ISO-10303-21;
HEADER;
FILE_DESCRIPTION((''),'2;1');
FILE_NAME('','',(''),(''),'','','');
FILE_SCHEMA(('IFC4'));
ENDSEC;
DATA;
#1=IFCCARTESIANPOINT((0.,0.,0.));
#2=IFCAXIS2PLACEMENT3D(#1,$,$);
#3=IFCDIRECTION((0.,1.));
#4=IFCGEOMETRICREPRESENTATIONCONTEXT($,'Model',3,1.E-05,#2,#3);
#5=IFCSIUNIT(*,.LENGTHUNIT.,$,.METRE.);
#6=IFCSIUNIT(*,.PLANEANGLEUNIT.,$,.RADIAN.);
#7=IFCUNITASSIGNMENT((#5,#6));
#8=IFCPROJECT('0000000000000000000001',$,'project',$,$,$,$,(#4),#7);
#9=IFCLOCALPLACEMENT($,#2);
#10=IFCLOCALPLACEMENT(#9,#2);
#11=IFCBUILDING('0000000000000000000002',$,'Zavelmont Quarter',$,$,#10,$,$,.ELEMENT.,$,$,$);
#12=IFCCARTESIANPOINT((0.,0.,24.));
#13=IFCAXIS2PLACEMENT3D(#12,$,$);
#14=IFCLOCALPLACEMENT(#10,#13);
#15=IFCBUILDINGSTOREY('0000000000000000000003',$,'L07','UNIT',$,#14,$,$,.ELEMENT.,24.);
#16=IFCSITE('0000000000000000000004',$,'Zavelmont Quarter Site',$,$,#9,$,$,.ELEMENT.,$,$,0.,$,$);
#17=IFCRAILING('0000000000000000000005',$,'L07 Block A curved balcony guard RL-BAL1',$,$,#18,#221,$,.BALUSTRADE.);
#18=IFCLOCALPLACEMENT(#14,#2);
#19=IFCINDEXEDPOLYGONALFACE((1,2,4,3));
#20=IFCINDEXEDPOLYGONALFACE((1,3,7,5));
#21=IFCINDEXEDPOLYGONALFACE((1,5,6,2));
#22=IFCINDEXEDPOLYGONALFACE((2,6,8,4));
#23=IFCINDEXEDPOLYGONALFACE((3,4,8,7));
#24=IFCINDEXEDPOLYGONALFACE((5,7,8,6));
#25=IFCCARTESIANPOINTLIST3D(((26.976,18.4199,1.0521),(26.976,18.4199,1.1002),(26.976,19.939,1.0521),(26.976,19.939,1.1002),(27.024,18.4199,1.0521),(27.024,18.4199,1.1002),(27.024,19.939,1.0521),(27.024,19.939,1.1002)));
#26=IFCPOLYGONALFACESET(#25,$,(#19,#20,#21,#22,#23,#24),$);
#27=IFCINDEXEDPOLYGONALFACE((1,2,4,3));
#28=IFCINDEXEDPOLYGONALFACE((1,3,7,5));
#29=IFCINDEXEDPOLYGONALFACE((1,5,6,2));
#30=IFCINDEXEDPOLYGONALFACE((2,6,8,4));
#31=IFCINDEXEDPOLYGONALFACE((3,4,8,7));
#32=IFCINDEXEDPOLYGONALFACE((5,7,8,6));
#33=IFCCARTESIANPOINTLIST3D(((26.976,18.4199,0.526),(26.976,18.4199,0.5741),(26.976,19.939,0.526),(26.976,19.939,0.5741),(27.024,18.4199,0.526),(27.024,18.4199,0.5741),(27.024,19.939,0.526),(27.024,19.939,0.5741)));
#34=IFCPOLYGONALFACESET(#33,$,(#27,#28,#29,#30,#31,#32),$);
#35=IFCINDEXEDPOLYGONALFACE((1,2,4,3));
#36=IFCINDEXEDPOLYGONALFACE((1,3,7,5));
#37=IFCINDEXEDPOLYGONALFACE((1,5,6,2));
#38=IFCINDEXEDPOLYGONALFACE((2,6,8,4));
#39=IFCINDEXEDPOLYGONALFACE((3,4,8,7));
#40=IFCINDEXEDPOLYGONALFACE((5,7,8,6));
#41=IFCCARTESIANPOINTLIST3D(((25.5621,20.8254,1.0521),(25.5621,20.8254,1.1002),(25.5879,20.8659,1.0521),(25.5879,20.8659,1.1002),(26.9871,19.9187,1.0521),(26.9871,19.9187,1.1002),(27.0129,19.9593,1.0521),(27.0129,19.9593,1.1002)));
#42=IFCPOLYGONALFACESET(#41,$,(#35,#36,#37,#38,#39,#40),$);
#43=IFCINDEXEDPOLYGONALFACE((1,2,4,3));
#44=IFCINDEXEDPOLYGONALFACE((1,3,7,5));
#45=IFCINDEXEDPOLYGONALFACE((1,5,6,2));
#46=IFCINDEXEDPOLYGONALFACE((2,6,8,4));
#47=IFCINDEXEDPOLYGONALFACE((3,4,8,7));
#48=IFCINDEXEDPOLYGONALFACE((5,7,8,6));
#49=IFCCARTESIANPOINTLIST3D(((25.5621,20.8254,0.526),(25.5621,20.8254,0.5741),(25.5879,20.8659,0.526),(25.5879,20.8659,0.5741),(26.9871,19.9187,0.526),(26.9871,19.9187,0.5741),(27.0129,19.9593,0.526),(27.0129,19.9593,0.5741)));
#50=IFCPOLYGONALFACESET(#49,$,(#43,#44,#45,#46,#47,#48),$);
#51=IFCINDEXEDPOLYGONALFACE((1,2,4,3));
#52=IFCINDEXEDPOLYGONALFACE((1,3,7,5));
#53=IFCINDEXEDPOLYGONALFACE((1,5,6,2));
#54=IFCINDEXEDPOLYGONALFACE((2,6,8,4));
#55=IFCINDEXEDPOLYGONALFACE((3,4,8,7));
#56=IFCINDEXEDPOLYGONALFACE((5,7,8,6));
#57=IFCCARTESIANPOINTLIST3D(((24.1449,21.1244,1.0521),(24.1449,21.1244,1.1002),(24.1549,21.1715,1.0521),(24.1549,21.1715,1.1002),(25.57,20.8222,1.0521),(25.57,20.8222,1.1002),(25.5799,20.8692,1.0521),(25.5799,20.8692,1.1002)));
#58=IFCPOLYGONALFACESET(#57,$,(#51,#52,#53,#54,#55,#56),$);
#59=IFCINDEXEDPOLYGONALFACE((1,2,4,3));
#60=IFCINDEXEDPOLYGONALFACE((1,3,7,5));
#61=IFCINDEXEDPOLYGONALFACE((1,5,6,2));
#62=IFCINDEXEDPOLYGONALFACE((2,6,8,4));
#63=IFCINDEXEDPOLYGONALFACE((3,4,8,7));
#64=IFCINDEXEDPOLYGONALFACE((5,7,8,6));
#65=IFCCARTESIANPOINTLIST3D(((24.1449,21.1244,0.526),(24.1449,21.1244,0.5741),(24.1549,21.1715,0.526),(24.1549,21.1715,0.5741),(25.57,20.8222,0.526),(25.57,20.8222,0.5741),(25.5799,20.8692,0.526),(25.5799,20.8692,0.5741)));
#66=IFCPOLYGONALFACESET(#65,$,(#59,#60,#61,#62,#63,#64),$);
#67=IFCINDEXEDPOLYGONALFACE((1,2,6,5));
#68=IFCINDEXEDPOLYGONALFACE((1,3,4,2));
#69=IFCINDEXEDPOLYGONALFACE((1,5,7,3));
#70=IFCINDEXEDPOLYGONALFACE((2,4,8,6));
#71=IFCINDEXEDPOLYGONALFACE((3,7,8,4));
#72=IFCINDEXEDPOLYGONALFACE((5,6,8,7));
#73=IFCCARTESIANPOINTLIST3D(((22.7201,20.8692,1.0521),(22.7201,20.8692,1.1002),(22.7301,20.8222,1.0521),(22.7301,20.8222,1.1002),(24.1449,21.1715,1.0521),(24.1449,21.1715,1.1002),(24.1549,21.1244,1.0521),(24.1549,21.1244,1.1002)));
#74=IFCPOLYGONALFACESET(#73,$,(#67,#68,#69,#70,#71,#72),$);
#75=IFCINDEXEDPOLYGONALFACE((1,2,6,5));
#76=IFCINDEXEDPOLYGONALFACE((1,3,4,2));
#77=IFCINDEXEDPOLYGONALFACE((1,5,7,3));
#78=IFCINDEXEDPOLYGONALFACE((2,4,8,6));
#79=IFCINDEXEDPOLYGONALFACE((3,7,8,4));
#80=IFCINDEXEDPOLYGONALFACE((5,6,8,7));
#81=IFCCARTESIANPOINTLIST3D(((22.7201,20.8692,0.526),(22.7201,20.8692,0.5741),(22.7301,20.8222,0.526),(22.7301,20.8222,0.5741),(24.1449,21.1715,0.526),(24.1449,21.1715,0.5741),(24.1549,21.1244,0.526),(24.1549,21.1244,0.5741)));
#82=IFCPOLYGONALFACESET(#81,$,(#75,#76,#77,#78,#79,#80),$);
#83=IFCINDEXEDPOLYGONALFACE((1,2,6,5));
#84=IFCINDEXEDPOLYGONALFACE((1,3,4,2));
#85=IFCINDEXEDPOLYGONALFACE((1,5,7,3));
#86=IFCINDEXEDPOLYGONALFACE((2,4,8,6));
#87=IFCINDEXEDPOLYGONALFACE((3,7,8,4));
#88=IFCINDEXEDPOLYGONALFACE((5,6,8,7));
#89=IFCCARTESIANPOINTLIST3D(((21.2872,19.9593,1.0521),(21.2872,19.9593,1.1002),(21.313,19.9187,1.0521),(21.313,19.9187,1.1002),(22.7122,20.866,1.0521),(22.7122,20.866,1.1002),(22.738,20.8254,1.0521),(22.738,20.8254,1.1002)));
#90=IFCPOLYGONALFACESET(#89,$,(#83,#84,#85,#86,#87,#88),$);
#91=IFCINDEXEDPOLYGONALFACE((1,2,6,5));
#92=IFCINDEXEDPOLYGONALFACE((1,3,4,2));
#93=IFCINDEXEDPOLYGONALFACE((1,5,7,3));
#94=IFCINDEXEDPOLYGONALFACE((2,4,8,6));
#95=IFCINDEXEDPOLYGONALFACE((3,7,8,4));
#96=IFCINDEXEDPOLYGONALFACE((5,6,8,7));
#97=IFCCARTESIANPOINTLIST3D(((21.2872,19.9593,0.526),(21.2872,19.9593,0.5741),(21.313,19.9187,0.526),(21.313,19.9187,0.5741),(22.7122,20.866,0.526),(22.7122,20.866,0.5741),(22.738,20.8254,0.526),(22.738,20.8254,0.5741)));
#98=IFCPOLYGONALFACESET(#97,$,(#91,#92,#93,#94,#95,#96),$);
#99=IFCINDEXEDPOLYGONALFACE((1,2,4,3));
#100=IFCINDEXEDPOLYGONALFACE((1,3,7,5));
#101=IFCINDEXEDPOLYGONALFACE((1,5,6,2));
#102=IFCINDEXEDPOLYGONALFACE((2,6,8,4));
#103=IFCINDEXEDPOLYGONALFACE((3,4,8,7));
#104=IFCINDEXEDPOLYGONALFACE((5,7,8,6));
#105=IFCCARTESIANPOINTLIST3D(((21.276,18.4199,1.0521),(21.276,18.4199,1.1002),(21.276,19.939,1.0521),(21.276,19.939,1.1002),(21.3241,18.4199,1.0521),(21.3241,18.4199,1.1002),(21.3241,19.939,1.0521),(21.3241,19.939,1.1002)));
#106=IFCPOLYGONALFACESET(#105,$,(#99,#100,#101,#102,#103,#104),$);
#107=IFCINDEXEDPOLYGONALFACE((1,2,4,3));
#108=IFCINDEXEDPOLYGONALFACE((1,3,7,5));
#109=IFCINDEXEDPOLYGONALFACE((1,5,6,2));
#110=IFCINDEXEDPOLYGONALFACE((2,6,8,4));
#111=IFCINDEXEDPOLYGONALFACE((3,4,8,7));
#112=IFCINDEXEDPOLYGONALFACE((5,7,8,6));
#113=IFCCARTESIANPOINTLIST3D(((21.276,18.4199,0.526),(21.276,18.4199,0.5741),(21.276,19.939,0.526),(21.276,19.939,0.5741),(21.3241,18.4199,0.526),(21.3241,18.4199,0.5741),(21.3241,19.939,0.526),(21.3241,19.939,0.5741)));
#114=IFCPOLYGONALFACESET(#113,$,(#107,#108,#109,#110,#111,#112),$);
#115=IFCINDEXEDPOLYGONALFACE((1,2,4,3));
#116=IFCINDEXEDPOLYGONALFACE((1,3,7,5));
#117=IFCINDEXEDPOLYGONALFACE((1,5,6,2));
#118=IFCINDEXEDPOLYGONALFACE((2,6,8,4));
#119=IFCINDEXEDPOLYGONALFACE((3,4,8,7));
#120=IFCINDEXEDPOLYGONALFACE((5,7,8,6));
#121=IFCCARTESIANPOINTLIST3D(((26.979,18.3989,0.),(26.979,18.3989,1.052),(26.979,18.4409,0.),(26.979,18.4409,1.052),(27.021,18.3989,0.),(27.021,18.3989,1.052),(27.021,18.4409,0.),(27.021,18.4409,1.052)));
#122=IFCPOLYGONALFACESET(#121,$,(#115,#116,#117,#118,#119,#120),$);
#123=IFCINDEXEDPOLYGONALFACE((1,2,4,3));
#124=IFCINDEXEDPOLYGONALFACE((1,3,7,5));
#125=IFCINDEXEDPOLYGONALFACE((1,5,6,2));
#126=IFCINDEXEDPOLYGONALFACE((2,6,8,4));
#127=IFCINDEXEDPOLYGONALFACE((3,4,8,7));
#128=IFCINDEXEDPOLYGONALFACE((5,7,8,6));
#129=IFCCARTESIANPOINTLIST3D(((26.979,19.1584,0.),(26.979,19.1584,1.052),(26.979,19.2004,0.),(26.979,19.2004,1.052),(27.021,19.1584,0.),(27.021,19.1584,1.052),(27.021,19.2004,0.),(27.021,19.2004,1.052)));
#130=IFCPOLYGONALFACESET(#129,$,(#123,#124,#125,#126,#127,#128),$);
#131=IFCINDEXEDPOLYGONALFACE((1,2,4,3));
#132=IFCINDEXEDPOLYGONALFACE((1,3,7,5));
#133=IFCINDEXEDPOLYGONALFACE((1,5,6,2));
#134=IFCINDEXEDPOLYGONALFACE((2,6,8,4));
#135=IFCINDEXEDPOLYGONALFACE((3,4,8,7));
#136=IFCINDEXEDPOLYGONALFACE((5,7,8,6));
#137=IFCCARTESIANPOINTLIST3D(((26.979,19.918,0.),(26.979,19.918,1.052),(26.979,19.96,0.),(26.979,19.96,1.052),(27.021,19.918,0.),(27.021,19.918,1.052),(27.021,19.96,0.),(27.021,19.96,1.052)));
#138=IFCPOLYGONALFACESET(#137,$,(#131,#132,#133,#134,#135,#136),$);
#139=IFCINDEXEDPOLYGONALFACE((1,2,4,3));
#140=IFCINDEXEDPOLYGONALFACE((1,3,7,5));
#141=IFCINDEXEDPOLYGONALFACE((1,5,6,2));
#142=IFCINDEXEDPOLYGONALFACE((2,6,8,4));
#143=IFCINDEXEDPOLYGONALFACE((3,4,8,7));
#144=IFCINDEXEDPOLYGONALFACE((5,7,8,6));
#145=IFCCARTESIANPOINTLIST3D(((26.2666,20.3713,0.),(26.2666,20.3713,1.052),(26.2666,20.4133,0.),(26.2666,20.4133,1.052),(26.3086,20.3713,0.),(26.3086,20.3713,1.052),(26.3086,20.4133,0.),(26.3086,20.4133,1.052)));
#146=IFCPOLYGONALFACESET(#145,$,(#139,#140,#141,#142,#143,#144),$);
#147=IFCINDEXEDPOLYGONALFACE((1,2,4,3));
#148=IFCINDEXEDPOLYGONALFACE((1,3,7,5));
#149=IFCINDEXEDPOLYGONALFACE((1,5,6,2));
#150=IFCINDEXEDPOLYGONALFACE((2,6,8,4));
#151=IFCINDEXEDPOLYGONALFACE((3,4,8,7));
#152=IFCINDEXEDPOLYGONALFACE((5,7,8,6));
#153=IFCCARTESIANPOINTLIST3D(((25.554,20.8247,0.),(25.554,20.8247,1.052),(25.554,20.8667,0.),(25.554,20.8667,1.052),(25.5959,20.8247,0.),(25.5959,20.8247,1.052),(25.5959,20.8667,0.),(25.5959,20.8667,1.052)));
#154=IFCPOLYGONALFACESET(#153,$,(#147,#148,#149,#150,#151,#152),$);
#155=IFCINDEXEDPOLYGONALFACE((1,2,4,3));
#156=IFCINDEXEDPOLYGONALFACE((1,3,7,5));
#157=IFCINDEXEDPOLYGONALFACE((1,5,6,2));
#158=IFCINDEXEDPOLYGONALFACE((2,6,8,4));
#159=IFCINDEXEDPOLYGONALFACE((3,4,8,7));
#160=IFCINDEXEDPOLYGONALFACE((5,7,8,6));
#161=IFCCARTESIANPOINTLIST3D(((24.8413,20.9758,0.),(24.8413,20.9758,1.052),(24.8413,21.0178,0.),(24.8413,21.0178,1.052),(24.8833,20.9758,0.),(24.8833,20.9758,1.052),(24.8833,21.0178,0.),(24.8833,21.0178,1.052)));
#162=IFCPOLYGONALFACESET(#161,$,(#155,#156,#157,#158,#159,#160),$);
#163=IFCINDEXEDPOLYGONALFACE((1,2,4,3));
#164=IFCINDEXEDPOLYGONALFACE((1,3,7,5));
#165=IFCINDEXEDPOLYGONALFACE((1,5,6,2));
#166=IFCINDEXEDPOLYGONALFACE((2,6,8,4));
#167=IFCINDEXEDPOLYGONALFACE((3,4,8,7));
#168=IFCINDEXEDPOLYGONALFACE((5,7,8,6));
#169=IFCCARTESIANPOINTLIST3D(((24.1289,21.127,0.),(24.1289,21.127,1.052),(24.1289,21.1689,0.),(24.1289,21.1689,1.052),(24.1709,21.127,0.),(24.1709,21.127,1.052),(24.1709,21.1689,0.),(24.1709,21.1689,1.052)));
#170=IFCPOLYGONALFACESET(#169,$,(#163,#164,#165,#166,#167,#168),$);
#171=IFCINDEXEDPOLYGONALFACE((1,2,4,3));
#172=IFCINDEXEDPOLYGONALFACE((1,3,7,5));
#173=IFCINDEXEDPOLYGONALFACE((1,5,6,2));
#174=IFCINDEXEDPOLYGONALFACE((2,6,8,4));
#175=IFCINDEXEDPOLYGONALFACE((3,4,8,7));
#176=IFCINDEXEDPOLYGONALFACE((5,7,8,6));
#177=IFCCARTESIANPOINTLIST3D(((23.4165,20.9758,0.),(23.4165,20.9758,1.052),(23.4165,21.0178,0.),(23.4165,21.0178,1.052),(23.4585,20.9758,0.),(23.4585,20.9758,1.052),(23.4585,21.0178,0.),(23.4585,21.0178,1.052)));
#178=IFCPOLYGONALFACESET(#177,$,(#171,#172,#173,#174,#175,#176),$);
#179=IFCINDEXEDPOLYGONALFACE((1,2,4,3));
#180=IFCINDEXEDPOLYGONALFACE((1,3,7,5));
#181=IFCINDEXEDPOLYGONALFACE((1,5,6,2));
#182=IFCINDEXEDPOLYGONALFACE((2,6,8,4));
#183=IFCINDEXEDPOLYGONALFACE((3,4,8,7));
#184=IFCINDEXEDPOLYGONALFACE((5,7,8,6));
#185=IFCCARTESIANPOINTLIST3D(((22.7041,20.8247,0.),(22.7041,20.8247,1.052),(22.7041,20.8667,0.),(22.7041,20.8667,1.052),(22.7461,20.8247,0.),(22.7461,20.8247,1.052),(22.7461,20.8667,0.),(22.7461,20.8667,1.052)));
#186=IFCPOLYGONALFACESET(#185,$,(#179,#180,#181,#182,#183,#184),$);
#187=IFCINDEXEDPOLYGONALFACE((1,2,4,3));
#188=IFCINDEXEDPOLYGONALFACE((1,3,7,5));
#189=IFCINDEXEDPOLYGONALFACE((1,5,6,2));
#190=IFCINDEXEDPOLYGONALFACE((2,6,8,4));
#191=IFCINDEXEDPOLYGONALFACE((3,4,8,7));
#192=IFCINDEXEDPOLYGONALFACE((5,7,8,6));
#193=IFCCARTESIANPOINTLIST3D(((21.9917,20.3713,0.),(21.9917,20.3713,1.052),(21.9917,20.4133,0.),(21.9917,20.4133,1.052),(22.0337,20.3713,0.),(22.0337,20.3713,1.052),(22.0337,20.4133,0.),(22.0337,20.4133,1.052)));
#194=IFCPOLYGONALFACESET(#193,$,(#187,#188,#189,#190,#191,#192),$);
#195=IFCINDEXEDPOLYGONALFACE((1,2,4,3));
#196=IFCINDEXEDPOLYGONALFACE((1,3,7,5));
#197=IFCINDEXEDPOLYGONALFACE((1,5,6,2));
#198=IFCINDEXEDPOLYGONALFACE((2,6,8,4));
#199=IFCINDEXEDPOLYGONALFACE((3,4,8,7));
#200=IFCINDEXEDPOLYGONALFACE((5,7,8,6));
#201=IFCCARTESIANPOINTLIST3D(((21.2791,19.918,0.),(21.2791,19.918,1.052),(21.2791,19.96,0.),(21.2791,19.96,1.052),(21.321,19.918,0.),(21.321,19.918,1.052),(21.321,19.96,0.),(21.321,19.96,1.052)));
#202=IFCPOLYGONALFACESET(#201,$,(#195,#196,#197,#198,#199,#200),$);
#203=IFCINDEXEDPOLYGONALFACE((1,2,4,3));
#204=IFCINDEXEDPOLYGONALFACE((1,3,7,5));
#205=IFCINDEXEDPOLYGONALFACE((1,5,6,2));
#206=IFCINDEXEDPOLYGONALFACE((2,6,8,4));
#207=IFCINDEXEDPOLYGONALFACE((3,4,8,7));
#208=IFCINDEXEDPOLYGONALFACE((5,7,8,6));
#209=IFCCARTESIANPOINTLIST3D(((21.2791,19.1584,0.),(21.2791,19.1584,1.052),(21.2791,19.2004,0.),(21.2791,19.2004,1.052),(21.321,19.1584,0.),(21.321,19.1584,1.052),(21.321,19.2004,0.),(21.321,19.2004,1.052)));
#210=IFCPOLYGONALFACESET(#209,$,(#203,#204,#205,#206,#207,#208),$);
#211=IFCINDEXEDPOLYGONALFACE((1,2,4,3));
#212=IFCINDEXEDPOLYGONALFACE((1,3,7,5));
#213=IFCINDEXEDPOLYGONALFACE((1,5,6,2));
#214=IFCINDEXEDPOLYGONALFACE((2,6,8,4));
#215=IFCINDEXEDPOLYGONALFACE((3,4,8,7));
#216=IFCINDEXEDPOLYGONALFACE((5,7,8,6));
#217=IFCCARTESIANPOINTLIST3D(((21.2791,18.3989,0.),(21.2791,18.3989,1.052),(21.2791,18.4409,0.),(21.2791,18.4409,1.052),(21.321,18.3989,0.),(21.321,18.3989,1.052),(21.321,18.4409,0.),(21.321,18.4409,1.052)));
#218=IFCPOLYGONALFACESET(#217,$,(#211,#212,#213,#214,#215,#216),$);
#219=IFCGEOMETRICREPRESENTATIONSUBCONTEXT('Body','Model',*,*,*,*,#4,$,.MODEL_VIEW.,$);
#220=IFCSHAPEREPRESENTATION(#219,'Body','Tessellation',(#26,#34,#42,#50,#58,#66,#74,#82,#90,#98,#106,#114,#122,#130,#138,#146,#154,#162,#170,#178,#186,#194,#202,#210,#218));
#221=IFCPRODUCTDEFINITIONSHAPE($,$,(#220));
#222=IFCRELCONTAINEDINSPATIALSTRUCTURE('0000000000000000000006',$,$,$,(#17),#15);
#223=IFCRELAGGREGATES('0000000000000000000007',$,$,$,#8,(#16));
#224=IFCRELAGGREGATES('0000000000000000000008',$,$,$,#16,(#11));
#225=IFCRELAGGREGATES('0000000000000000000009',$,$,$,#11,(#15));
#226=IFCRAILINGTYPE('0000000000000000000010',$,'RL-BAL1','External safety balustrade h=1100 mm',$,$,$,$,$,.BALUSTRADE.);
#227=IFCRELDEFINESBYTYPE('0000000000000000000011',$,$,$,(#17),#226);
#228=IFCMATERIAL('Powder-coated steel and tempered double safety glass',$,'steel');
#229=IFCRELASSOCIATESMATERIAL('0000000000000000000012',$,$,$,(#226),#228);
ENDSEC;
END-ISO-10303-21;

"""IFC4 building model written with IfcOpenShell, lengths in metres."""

from ifc_helpers import new_model, si_unit, direction, frame, origin, origin_2d, place, context, subcontext, project, spatial, rectangle, extrude, material, type_object, element, save


model = new_model("IFC4")

# Units and contexts
model_context = context("Model", 3, precision=1e-05, world=origin(), true_north=direction((0.0, 1.0)))
body_context = subcontext(model_context, "Body", "Model", "MODEL_VIEW")
ifc_project = project(units=[si_unit("LENGTHUNIT", "METRE"), si_unit("PLANEANGLEUNIT", "RADIAN")], contexts=[model_context])

# Site, building, storey
site_placement = place(None, origin())
site = spatial("IfcSite", under=ifc_project, at=site_placement, Name="Zavelmont Quarter Site", CompositionType="ELEMENT", RefElevation=0.0)
building_placement = place(site_placement, origin())
building = spatial("IfcBuilding", under=site, at=building_placement, Name="Zavelmont Quarter", CompositionType="ELEMENT")
storey_placement = place(building_placement, frame((0.0, 0.0, 24.0)))
storey = spatial("IfcBuildingStorey", under=building, at=storey_placement, Name="L07", Description="UNIT", CompositionType="ELEMENT", Elevation=24.0)

# Railing
ifc_material_1 = material(Name="Powder-coated steel and tempered double safety glass", Category="steel")
railing_type = type_object("IfcRailingType", Name="RL-BAL1", Description="External safety balustrade h=1100 mm", PredefinedType="BALUSTRADE", material=ifc_material_1)
railing_placement = place(storey_placement, frame((27.0, 18.4199, 0.0)))
element("IfcRailing", 1, at=railing_placement, inside=storey, type_object=railing_type, Name="L07 Block A curved balcony guard RL-BAL1", PredefinedType="BALUSTRADE", context=body_context, shape_type="SweptSolid", body=[
    extrude(rectangle(XDim=0.0481, YDim=0.0481, at=origin_2d()), frame((0.0, 0.0, 1.0762), z_axis=(0.0, 1.0, 0.0), x_axis=(-1.0, 0.0, 0.0)), (0.0, 0.0, 1.0), 1.519),
    extrude(rectangle(XDim=0.0481, YDim=0.0481, at=origin_2d()), frame((0.0, 0.0, 0.55), z_axis=(0.0, 1.0, 0.0), x_axis=(-1.0, 0.0, 0.0)), (0.0, 0.0, 1.0), 1.519),
    extrude(rectangle(XDim=0.0481, YDim=0.0481, at=origin_2d()), frame((0.0, 1.519, 1.0762), z_axis=(-0.843691, 0.536829, 0.0), x_axis=(-0.536829, -0.843691, 0.0)), (0.0, 0.0, 1.0), 1.689),
    extrude(rectangle(XDim=0.0481, YDim=0.0481, at=origin_2d()), frame((0.0, 1.519, 0.55), z_axis=(-0.843691, 0.536829, 0.0), x_axis=(-0.536829, -0.843691, 0.0)), (0.0, 0.0, 1.0), 1.689),
    extrude(rectangle(XDim=0.0481, YDim=0.0481, at=origin_2d()), frame((-1.425, 2.4258, 1.0762), z_axis=(-0.978239, 0.20748, 0.0), x_axis=(-0.20748, -0.978239, 0.0)), (0.0, 0.0, 1.0), 1.4568),
    extrude(rectangle(XDim=0.0481, YDim=0.0481, at=origin_2d()), frame((-1.425, 2.4258, 0.55), z_axis=(-0.978239, 0.20748, 0.0), x_axis=(-0.20748, -0.978239, 0.0)), (0.0, 0.0, 1.0), 1.4568),
    extrude(rectangle(XDim=0.0481, YDim=0.0481, at=origin_2d()), frame((-2.8501, 2.728, 1.0762), z_axis=(-0.978232, -0.207514, 0.0), x_axis=(0.207514, -0.978232, 0.0)), (0.0, 0.0, 1.0), 1.4565),
    extrude(rectangle(XDim=0.0481, YDim=0.0481, at=origin_2d()), frame((-2.8501, 2.728, 0.55), z_axis=(-0.978232, -0.207514, 0.0), x_axis=(0.207514, -0.978232, 0.0)), (0.0, 0.0, 1.0), 1.4565),
    extrude(rectangle(XDim=0.0481, YDim=0.0481, at=origin_2d()), frame((-4.2749, 2.4258, 1.0762), z_axis=(-0.843691, -0.536829, 0.0), x_axis=(0.536829, -0.843691, 0.0)), (0.0, 0.0, 1.0), 1.689),
    extrude(rectangle(XDim=0.0481, YDim=0.0481, at=origin_2d()), frame((-4.2749, 2.4258, 0.55), z_axis=(-0.843691, -0.536829, 0.0), x_axis=(0.536829, -0.843691, 0.0)), (0.0, 0.0, 1.0), 1.689),
    extrude(rectangle(XDim=0.0481, YDim=0.0481, at=origin_2d()), frame((-5.7, 1.519, 1.0762), z_axis=(0.0, -1.0, 0.0), x_axis=(1.0, 0.0, 0.0)), (0.0, 0.0, 1.0), 1.519),
    extrude(rectangle(XDim=0.0481, YDim=0.0481, at=origin_2d()), frame((-5.7, 1.519, 0.55), z_axis=(0.0, -1.0, 0.0), x_axis=(1.0, 0.0, 0.0)), (0.0, 0.0, 1.0), 1.519),
    extrude(rectangle(XDim=0.042, YDim=0.042, at=origin_2d()), origin(), (0.0, 0.0, 1.0), 1.052),
    extrude(rectangle(XDim=0.042, YDim=0.042, at=origin_2d()), frame((0.0, 0.7595, 0.0)), (0.0, 0.0, 1.0), 1.052),
    extrude(rectangle(XDim=0.042, YDim=0.042, at=origin_2d()), frame((0.0, 1.519, 0.0)), (0.0, 0.0, 1.0), 1.052),
    extrude(rectangle(XDim=0.042, YDim=0.042, at=origin_2d()), frame((-0.7124, 1.9724, 0.0)), (0.0, 0.0, 1.0), 1.052),
    extrude(rectangle(XDim=0.042, YDim=0.042, at=origin_2d()), frame((-1.425, 2.4258, 0.0)), (0.0, 0.0, 1.0), 1.052),
    extrude(rectangle(XDim=0.042, YDim=0.042, at=origin_2d()), frame((-2.1377, 2.5769, 0.0)), (0.0, 0.0, 1.0), 1.052),
    extrude(rectangle(XDim=0.042, YDim=0.042, at=origin_2d()), frame((-2.8501, 2.728, 0.0)), (0.0, 0.0, 1.0), 1.052),
    extrude(rectangle(XDim=0.042, YDim=0.042, at=origin_2d()), frame((-3.5625, 2.5769, 0.0)), (0.0, 0.0, 1.0), 1.052),
    extrude(rectangle(XDim=0.042, YDim=0.042, at=origin_2d()), frame((-4.2749, 2.4258, 0.0)), (0.0, 0.0, 1.0), 1.052),
    extrude(rectangle(XDim=0.042, YDim=0.042, at=origin_2d()), frame((-4.9873, 1.9724, 0.0)), (0.0, 0.0, 1.0), 1.052),
    extrude(rectangle(XDim=0.042, YDim=0.042, at=origin_2d()), frame((-5.7, 1.519, 0.0)), (0.0, 0.0, 1.0), 1.052),
    extrude(rectangle(XDim=0.042, YDim=0.042, at=origin_2d()), frame((-5.7, 0.7595, 0.0)), (0.0, 0.0, 1.0), 1.052),
    extrude(rectangle(XDim=0.042, YDim=0.042, at=origin_2d()), frame((-5.7, 0.0, 0.0)), (0.0, 0.0, 1.0), 1.052),
])

save(model, "model.ifc")
